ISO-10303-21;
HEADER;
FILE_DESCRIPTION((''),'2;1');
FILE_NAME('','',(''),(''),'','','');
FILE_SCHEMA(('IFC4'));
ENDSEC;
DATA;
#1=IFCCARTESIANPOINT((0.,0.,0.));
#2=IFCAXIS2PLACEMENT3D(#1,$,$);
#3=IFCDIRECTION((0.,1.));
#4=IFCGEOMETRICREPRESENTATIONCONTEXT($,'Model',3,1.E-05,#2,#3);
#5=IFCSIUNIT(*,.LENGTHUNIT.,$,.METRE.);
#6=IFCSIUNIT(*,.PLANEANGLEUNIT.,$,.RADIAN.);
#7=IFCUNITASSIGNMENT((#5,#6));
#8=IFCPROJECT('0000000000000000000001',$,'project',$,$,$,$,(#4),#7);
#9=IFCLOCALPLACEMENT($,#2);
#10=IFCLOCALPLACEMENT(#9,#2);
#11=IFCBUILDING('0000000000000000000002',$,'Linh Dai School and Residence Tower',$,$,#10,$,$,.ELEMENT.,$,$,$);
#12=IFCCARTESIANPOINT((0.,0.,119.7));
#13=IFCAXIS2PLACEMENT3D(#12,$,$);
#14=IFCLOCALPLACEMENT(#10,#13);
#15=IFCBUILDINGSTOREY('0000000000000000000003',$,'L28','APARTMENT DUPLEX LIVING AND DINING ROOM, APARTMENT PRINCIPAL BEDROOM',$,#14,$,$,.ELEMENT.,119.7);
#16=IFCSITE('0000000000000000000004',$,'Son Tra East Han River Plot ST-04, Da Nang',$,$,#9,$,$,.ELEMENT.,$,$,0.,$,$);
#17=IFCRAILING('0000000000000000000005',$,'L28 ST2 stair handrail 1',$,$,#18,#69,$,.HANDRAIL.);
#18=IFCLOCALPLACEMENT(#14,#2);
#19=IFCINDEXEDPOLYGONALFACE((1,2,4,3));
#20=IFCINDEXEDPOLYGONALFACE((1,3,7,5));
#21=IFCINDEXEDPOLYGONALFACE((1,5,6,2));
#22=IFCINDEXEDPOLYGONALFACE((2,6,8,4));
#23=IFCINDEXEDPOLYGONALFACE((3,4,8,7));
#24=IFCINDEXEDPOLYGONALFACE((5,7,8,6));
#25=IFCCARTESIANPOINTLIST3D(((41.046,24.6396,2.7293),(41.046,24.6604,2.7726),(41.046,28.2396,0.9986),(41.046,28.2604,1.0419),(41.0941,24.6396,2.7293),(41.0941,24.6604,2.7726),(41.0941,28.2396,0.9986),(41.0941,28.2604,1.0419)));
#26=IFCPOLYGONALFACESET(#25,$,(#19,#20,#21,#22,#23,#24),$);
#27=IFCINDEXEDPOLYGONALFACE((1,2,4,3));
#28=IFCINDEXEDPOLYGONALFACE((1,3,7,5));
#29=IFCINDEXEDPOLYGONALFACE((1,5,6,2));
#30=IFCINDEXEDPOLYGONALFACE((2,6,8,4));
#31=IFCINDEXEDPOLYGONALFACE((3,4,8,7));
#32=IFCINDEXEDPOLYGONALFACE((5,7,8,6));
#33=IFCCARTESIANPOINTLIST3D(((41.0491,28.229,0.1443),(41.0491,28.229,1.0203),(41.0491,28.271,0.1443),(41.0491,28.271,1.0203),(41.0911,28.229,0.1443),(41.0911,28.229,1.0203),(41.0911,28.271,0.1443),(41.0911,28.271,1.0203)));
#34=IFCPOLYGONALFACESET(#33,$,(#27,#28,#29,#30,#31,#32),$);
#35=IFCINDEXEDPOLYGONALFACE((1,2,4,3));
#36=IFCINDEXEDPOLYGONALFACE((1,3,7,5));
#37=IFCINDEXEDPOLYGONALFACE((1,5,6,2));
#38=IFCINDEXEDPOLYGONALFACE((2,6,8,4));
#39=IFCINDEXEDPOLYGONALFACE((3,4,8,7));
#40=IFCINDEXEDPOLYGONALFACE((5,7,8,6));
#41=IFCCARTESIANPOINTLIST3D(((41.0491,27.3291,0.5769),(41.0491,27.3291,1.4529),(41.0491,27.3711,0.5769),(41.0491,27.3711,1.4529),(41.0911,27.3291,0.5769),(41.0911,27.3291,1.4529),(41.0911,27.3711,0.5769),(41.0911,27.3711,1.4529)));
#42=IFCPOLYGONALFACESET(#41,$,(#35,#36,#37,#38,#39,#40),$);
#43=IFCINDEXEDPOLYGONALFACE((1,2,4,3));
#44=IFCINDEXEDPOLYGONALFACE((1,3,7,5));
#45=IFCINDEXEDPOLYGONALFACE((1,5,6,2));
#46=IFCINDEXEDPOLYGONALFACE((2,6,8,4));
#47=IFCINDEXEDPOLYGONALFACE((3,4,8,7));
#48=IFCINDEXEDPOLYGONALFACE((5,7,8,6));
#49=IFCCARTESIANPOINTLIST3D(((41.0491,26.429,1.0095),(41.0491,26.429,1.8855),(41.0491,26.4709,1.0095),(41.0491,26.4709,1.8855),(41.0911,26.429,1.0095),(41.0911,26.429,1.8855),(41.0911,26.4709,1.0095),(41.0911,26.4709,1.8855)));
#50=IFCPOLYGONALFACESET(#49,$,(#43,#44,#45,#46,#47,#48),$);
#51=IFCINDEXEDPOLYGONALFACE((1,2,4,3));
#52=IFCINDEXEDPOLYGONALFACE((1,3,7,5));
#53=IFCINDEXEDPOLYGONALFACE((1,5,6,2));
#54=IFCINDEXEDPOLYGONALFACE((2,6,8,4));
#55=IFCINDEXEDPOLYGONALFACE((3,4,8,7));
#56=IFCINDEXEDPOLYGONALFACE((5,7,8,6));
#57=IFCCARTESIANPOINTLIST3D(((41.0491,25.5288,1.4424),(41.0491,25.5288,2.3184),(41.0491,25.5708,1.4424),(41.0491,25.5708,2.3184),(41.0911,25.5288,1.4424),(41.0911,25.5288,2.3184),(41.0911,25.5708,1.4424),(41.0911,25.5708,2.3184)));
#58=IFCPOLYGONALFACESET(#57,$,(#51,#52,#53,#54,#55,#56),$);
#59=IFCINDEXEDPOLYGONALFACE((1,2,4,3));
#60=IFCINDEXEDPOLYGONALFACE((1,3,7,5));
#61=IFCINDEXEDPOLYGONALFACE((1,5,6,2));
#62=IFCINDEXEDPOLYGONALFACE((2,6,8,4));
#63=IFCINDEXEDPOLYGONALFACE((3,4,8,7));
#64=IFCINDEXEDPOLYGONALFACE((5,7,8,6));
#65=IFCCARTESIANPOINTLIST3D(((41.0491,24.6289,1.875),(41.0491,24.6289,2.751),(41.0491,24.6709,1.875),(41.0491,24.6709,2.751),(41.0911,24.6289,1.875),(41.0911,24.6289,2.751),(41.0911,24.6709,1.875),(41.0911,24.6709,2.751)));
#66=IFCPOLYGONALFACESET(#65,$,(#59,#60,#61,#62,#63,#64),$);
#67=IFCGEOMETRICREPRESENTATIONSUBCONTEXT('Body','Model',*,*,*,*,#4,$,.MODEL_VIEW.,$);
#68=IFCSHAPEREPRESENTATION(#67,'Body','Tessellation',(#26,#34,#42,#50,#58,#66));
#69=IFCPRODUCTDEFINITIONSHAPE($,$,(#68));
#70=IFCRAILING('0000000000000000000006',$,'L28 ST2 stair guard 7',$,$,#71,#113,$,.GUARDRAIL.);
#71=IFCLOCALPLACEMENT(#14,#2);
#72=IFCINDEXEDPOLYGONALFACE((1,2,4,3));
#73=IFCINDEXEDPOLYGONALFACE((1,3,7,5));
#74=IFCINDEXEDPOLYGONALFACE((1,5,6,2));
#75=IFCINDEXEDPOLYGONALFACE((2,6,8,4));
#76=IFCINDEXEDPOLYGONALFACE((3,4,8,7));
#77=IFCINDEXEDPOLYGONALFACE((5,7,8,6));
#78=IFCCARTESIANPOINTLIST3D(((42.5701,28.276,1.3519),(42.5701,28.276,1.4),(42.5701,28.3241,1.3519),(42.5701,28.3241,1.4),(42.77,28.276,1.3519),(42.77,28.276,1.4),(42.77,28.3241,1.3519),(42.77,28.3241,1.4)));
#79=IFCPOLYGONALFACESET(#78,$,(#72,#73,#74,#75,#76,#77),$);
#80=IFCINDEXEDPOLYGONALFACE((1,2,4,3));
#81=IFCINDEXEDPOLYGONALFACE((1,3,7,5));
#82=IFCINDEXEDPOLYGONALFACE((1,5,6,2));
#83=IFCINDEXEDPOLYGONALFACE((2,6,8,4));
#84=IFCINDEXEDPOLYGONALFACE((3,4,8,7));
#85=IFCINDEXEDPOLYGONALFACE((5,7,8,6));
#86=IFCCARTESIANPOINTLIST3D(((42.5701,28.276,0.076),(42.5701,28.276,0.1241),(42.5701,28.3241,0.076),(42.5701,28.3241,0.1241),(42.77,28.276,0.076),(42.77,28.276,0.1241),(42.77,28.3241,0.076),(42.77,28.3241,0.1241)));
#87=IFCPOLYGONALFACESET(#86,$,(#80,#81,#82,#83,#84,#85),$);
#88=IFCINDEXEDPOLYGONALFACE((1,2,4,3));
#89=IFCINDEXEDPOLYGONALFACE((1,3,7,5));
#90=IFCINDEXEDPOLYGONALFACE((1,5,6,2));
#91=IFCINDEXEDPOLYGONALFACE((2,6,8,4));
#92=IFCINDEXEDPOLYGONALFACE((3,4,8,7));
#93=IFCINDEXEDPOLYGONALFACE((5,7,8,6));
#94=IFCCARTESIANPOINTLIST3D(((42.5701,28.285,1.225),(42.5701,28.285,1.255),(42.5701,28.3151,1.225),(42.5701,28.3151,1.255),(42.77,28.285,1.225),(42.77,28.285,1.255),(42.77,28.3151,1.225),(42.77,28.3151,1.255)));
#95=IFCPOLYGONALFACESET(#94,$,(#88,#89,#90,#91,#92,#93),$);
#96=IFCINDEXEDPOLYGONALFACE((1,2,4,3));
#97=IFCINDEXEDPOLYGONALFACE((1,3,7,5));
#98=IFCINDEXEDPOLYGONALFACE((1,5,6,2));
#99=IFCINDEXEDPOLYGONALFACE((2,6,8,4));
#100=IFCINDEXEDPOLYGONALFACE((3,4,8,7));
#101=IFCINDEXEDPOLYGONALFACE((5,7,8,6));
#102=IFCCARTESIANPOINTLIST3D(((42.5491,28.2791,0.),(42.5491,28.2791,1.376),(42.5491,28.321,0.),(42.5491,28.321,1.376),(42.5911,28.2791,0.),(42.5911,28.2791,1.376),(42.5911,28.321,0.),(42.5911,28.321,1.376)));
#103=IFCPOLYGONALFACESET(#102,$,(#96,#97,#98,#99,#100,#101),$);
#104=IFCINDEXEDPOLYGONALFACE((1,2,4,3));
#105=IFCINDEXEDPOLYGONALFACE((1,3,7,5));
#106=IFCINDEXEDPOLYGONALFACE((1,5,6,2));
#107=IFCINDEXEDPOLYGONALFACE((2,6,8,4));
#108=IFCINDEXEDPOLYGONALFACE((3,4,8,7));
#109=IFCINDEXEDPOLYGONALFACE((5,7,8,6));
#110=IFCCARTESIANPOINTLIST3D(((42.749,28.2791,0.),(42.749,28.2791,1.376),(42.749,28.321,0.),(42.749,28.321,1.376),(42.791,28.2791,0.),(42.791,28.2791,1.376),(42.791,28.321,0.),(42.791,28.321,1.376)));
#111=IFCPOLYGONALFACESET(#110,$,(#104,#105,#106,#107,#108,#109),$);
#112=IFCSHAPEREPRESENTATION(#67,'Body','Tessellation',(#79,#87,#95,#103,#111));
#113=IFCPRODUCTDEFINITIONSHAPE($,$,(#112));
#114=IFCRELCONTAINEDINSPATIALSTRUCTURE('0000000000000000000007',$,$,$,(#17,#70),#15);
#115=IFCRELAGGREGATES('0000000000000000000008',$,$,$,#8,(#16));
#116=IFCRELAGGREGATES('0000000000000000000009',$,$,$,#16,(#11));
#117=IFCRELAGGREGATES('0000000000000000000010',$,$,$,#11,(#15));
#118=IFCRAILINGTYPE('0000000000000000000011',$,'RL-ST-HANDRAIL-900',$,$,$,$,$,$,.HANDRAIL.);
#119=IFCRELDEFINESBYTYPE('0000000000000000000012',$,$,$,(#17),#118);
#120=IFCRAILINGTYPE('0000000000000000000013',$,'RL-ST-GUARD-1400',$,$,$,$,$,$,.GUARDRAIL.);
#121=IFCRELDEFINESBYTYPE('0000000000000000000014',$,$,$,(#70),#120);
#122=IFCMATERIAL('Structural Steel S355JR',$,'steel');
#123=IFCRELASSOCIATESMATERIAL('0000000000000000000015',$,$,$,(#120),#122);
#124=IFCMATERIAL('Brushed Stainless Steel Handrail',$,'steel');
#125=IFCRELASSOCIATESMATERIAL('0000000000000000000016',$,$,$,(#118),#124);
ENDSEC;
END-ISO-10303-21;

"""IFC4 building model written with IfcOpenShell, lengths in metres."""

from ifc_helpers import new_model, si_unit, direction, frame, origin, origin_2d, place, context, subcontext, project, spatial, rectangle, extrude, source, transform, mapped, material, type_object, element, save


model = new_model("IFC4")

# Units and contexts
model_context = context("Model", 3, precision=1e-05, world=origin(), true_north=direction((0.0, 1.0)))
body_context = subcontext(model_context, "Body", "Model", "MODEL_VIEW")
ifc_project = project(units=[si_unit("LENGTHUNIT", "METRE"), si_unit("PLANEANGLEUNIT", "RADIAN")], contexts=[model_context])

# Site, building, storey
site_placement = place(None, origin())
site = spatial("IfcSite", under=ifc_project, at=site_placement, Name="Son Tra East Han River Plot ST-04, Da Nang", CompositionType="ELEMENT", RefElevation=0.0)
building_placement = place(site_placement, origin())
building = spatial("IfcBuilding", under=site, at=building_placement, Name="Linh Dai School and Residence Tower", CompositionType="ELEMENT")
storey_placement = place(building_placement, frame((0.0, 0.0, 119.7)))
storey = spatial("IfcBuildingStorey", under=building, at=storey_placement, Name="L28", Description="APARTMENT DUPLEX LIVING AND DINING ROOM, APARTMENT PRINCIPAL BEDROOM", CompositionType="ELEMENT", Elevation=119.7)

# Shared definitions
ifc_material_1 = material(Name="Structural Steel S355JR", Category="steel")

# Railings
railing_type_1 = type_object("IfcRailingType", Name="RL-ST-GUARD-1400", PredefinedType="GUARDRAIL", material=ifc_material_1)
ifc_material_2 = material(Name="Brushed Stainless Steel Handrail", Category="steel")
railing_type_2 = type_object("IfcRailingType", Name="RL-ST-HANDRAIL-900", PredefinedType="HANDRAIL", material=ifc_material_2)
shared_shape_1 = source(origin(), body_context, "Body", "SweptSolid", [
    extrude(rectangle(XDim=0.0481, YDim=0.0481, at=origin_2d()), frame((0.0, 0.0, 0.876), z_axis=(0.0, -0.901263, 0.433273), x_axis=(1.0, 0.0, 0.0)), (0.0, 0.0, 1.0), 3.9944),
    extrude(rectangle(XDim=0.042, YDim=0.042, at=origin_2d()), origin(), (0.0, 0.0, 1.0), 0.876),
    extrude(rectangle(XDim=0.042, YDim=0.042, at=origin_2d()), frame((0.0, -0.8999, 0.4326)), (0.0, 0.0, 1.0), 0.876),
    extrude(rectangle(XDim=0.042, YDim=0.042, at=origin_2d()), frame((0.0, -1.8, 0.8652)), (0.0, 0.0, 1.0), 0.876),
    extrude(rectangle(XDim=0.042, YDim=0.042, at=origin_2d()), frame((0.0, -2.7002, 1.2981)), (0.0, 0.0, 1.0), 0.876),
    extrude(rectangle(XDim=0.042, YDim=0.042, at=origin_2d()), frame((0.0, -3.6001, 1.7307)), (0.0, 0.0, 1.0), 0.876),
])
railing_1_placement = place(storey_placement, frame((41.0701, 28.25, 0.1443)))
element("IfcRailing", 1, at=railing_1_placement, inside=storey, type_object=railing_type_2, Name="L28 ST2 stair handrail 1", PredefinedType="HANDRAIL", context=body_context, shape_type="MappedRepresentation", body=[
    mapped(shared_shape_1, transform((0.0, 0.0, 0.0), x_axis=(1.0, 0.0, 0.0), y_axis=(0.0, 1.0, 0.0), z_axis=(0.0, 0.0, 1.0), scale=1.0)),
])
shared_shape_2 = source(origin(), body_context, "Body", "SweptSolid", [
    extrude(rectangle(XDim=0.0481, YDim=0.0481, at=origin_2d()), frame((0.0, 0.0, 1.376), z_axis=(1.0, 0.0, 0.0), x_axis=(0.0, 1.0, 0.0)), (0.0, 0.0, 1.0), 0.2),
    extrude(rectangle(XDim=0.0481, YDim=0.0481, at=origin_2d()), frame((0.0, 0.0, 0.1001), z_axis=(1.0, 0.0, 0.0), x_axis=(0.0, 1.0, 0.0)), (0.0, 0.0, 1.0), 0.2),
    extrude(rectangle(XDim=0.03, YDim=0.03, at=origin_2d()), frame((0.0, 0.0, 1.24), z_axis=(1.0, 0.0, 0.0), x_axis=(0.0, 1.0, 0.0)), (0.0, 0.0, 1.0), 0.2),
    extrude(rectangle(XDim=0.042, YDim=0.042, at=origin_2d()), origin(), (0.0, 0.0, 1.0), 1.376),
    extrude(rectangle(XDim=0.042, YDim=0.042, at=origin_2d()), frame((0.2, 0.0, 0.0)), (0.0, 0.0, 1.0), 1.376),
])
railing_2_placement = place(storey_placement, frame((42.5701, 28.3, 0.0)))
element("IfcRailing", 2, at=railing_2_placement, inside=storey, type_object=railing_type_1, Name="L28 ST2 stair guard 7", PredefinedType="GUARDRAIL", context=body_context, shape_type="MappedRepresentation", body=[
    mapped(shared_shape_2, transform((0.0, 0.0, 0.0), x_axis=(1.0, 0.0, 0.0), y_axis=(0.0, 1.0, 0.0), z_axis=(0.0, 0.0, 1.0), scale=1.0)),
])

save(model, "model.ifc")
